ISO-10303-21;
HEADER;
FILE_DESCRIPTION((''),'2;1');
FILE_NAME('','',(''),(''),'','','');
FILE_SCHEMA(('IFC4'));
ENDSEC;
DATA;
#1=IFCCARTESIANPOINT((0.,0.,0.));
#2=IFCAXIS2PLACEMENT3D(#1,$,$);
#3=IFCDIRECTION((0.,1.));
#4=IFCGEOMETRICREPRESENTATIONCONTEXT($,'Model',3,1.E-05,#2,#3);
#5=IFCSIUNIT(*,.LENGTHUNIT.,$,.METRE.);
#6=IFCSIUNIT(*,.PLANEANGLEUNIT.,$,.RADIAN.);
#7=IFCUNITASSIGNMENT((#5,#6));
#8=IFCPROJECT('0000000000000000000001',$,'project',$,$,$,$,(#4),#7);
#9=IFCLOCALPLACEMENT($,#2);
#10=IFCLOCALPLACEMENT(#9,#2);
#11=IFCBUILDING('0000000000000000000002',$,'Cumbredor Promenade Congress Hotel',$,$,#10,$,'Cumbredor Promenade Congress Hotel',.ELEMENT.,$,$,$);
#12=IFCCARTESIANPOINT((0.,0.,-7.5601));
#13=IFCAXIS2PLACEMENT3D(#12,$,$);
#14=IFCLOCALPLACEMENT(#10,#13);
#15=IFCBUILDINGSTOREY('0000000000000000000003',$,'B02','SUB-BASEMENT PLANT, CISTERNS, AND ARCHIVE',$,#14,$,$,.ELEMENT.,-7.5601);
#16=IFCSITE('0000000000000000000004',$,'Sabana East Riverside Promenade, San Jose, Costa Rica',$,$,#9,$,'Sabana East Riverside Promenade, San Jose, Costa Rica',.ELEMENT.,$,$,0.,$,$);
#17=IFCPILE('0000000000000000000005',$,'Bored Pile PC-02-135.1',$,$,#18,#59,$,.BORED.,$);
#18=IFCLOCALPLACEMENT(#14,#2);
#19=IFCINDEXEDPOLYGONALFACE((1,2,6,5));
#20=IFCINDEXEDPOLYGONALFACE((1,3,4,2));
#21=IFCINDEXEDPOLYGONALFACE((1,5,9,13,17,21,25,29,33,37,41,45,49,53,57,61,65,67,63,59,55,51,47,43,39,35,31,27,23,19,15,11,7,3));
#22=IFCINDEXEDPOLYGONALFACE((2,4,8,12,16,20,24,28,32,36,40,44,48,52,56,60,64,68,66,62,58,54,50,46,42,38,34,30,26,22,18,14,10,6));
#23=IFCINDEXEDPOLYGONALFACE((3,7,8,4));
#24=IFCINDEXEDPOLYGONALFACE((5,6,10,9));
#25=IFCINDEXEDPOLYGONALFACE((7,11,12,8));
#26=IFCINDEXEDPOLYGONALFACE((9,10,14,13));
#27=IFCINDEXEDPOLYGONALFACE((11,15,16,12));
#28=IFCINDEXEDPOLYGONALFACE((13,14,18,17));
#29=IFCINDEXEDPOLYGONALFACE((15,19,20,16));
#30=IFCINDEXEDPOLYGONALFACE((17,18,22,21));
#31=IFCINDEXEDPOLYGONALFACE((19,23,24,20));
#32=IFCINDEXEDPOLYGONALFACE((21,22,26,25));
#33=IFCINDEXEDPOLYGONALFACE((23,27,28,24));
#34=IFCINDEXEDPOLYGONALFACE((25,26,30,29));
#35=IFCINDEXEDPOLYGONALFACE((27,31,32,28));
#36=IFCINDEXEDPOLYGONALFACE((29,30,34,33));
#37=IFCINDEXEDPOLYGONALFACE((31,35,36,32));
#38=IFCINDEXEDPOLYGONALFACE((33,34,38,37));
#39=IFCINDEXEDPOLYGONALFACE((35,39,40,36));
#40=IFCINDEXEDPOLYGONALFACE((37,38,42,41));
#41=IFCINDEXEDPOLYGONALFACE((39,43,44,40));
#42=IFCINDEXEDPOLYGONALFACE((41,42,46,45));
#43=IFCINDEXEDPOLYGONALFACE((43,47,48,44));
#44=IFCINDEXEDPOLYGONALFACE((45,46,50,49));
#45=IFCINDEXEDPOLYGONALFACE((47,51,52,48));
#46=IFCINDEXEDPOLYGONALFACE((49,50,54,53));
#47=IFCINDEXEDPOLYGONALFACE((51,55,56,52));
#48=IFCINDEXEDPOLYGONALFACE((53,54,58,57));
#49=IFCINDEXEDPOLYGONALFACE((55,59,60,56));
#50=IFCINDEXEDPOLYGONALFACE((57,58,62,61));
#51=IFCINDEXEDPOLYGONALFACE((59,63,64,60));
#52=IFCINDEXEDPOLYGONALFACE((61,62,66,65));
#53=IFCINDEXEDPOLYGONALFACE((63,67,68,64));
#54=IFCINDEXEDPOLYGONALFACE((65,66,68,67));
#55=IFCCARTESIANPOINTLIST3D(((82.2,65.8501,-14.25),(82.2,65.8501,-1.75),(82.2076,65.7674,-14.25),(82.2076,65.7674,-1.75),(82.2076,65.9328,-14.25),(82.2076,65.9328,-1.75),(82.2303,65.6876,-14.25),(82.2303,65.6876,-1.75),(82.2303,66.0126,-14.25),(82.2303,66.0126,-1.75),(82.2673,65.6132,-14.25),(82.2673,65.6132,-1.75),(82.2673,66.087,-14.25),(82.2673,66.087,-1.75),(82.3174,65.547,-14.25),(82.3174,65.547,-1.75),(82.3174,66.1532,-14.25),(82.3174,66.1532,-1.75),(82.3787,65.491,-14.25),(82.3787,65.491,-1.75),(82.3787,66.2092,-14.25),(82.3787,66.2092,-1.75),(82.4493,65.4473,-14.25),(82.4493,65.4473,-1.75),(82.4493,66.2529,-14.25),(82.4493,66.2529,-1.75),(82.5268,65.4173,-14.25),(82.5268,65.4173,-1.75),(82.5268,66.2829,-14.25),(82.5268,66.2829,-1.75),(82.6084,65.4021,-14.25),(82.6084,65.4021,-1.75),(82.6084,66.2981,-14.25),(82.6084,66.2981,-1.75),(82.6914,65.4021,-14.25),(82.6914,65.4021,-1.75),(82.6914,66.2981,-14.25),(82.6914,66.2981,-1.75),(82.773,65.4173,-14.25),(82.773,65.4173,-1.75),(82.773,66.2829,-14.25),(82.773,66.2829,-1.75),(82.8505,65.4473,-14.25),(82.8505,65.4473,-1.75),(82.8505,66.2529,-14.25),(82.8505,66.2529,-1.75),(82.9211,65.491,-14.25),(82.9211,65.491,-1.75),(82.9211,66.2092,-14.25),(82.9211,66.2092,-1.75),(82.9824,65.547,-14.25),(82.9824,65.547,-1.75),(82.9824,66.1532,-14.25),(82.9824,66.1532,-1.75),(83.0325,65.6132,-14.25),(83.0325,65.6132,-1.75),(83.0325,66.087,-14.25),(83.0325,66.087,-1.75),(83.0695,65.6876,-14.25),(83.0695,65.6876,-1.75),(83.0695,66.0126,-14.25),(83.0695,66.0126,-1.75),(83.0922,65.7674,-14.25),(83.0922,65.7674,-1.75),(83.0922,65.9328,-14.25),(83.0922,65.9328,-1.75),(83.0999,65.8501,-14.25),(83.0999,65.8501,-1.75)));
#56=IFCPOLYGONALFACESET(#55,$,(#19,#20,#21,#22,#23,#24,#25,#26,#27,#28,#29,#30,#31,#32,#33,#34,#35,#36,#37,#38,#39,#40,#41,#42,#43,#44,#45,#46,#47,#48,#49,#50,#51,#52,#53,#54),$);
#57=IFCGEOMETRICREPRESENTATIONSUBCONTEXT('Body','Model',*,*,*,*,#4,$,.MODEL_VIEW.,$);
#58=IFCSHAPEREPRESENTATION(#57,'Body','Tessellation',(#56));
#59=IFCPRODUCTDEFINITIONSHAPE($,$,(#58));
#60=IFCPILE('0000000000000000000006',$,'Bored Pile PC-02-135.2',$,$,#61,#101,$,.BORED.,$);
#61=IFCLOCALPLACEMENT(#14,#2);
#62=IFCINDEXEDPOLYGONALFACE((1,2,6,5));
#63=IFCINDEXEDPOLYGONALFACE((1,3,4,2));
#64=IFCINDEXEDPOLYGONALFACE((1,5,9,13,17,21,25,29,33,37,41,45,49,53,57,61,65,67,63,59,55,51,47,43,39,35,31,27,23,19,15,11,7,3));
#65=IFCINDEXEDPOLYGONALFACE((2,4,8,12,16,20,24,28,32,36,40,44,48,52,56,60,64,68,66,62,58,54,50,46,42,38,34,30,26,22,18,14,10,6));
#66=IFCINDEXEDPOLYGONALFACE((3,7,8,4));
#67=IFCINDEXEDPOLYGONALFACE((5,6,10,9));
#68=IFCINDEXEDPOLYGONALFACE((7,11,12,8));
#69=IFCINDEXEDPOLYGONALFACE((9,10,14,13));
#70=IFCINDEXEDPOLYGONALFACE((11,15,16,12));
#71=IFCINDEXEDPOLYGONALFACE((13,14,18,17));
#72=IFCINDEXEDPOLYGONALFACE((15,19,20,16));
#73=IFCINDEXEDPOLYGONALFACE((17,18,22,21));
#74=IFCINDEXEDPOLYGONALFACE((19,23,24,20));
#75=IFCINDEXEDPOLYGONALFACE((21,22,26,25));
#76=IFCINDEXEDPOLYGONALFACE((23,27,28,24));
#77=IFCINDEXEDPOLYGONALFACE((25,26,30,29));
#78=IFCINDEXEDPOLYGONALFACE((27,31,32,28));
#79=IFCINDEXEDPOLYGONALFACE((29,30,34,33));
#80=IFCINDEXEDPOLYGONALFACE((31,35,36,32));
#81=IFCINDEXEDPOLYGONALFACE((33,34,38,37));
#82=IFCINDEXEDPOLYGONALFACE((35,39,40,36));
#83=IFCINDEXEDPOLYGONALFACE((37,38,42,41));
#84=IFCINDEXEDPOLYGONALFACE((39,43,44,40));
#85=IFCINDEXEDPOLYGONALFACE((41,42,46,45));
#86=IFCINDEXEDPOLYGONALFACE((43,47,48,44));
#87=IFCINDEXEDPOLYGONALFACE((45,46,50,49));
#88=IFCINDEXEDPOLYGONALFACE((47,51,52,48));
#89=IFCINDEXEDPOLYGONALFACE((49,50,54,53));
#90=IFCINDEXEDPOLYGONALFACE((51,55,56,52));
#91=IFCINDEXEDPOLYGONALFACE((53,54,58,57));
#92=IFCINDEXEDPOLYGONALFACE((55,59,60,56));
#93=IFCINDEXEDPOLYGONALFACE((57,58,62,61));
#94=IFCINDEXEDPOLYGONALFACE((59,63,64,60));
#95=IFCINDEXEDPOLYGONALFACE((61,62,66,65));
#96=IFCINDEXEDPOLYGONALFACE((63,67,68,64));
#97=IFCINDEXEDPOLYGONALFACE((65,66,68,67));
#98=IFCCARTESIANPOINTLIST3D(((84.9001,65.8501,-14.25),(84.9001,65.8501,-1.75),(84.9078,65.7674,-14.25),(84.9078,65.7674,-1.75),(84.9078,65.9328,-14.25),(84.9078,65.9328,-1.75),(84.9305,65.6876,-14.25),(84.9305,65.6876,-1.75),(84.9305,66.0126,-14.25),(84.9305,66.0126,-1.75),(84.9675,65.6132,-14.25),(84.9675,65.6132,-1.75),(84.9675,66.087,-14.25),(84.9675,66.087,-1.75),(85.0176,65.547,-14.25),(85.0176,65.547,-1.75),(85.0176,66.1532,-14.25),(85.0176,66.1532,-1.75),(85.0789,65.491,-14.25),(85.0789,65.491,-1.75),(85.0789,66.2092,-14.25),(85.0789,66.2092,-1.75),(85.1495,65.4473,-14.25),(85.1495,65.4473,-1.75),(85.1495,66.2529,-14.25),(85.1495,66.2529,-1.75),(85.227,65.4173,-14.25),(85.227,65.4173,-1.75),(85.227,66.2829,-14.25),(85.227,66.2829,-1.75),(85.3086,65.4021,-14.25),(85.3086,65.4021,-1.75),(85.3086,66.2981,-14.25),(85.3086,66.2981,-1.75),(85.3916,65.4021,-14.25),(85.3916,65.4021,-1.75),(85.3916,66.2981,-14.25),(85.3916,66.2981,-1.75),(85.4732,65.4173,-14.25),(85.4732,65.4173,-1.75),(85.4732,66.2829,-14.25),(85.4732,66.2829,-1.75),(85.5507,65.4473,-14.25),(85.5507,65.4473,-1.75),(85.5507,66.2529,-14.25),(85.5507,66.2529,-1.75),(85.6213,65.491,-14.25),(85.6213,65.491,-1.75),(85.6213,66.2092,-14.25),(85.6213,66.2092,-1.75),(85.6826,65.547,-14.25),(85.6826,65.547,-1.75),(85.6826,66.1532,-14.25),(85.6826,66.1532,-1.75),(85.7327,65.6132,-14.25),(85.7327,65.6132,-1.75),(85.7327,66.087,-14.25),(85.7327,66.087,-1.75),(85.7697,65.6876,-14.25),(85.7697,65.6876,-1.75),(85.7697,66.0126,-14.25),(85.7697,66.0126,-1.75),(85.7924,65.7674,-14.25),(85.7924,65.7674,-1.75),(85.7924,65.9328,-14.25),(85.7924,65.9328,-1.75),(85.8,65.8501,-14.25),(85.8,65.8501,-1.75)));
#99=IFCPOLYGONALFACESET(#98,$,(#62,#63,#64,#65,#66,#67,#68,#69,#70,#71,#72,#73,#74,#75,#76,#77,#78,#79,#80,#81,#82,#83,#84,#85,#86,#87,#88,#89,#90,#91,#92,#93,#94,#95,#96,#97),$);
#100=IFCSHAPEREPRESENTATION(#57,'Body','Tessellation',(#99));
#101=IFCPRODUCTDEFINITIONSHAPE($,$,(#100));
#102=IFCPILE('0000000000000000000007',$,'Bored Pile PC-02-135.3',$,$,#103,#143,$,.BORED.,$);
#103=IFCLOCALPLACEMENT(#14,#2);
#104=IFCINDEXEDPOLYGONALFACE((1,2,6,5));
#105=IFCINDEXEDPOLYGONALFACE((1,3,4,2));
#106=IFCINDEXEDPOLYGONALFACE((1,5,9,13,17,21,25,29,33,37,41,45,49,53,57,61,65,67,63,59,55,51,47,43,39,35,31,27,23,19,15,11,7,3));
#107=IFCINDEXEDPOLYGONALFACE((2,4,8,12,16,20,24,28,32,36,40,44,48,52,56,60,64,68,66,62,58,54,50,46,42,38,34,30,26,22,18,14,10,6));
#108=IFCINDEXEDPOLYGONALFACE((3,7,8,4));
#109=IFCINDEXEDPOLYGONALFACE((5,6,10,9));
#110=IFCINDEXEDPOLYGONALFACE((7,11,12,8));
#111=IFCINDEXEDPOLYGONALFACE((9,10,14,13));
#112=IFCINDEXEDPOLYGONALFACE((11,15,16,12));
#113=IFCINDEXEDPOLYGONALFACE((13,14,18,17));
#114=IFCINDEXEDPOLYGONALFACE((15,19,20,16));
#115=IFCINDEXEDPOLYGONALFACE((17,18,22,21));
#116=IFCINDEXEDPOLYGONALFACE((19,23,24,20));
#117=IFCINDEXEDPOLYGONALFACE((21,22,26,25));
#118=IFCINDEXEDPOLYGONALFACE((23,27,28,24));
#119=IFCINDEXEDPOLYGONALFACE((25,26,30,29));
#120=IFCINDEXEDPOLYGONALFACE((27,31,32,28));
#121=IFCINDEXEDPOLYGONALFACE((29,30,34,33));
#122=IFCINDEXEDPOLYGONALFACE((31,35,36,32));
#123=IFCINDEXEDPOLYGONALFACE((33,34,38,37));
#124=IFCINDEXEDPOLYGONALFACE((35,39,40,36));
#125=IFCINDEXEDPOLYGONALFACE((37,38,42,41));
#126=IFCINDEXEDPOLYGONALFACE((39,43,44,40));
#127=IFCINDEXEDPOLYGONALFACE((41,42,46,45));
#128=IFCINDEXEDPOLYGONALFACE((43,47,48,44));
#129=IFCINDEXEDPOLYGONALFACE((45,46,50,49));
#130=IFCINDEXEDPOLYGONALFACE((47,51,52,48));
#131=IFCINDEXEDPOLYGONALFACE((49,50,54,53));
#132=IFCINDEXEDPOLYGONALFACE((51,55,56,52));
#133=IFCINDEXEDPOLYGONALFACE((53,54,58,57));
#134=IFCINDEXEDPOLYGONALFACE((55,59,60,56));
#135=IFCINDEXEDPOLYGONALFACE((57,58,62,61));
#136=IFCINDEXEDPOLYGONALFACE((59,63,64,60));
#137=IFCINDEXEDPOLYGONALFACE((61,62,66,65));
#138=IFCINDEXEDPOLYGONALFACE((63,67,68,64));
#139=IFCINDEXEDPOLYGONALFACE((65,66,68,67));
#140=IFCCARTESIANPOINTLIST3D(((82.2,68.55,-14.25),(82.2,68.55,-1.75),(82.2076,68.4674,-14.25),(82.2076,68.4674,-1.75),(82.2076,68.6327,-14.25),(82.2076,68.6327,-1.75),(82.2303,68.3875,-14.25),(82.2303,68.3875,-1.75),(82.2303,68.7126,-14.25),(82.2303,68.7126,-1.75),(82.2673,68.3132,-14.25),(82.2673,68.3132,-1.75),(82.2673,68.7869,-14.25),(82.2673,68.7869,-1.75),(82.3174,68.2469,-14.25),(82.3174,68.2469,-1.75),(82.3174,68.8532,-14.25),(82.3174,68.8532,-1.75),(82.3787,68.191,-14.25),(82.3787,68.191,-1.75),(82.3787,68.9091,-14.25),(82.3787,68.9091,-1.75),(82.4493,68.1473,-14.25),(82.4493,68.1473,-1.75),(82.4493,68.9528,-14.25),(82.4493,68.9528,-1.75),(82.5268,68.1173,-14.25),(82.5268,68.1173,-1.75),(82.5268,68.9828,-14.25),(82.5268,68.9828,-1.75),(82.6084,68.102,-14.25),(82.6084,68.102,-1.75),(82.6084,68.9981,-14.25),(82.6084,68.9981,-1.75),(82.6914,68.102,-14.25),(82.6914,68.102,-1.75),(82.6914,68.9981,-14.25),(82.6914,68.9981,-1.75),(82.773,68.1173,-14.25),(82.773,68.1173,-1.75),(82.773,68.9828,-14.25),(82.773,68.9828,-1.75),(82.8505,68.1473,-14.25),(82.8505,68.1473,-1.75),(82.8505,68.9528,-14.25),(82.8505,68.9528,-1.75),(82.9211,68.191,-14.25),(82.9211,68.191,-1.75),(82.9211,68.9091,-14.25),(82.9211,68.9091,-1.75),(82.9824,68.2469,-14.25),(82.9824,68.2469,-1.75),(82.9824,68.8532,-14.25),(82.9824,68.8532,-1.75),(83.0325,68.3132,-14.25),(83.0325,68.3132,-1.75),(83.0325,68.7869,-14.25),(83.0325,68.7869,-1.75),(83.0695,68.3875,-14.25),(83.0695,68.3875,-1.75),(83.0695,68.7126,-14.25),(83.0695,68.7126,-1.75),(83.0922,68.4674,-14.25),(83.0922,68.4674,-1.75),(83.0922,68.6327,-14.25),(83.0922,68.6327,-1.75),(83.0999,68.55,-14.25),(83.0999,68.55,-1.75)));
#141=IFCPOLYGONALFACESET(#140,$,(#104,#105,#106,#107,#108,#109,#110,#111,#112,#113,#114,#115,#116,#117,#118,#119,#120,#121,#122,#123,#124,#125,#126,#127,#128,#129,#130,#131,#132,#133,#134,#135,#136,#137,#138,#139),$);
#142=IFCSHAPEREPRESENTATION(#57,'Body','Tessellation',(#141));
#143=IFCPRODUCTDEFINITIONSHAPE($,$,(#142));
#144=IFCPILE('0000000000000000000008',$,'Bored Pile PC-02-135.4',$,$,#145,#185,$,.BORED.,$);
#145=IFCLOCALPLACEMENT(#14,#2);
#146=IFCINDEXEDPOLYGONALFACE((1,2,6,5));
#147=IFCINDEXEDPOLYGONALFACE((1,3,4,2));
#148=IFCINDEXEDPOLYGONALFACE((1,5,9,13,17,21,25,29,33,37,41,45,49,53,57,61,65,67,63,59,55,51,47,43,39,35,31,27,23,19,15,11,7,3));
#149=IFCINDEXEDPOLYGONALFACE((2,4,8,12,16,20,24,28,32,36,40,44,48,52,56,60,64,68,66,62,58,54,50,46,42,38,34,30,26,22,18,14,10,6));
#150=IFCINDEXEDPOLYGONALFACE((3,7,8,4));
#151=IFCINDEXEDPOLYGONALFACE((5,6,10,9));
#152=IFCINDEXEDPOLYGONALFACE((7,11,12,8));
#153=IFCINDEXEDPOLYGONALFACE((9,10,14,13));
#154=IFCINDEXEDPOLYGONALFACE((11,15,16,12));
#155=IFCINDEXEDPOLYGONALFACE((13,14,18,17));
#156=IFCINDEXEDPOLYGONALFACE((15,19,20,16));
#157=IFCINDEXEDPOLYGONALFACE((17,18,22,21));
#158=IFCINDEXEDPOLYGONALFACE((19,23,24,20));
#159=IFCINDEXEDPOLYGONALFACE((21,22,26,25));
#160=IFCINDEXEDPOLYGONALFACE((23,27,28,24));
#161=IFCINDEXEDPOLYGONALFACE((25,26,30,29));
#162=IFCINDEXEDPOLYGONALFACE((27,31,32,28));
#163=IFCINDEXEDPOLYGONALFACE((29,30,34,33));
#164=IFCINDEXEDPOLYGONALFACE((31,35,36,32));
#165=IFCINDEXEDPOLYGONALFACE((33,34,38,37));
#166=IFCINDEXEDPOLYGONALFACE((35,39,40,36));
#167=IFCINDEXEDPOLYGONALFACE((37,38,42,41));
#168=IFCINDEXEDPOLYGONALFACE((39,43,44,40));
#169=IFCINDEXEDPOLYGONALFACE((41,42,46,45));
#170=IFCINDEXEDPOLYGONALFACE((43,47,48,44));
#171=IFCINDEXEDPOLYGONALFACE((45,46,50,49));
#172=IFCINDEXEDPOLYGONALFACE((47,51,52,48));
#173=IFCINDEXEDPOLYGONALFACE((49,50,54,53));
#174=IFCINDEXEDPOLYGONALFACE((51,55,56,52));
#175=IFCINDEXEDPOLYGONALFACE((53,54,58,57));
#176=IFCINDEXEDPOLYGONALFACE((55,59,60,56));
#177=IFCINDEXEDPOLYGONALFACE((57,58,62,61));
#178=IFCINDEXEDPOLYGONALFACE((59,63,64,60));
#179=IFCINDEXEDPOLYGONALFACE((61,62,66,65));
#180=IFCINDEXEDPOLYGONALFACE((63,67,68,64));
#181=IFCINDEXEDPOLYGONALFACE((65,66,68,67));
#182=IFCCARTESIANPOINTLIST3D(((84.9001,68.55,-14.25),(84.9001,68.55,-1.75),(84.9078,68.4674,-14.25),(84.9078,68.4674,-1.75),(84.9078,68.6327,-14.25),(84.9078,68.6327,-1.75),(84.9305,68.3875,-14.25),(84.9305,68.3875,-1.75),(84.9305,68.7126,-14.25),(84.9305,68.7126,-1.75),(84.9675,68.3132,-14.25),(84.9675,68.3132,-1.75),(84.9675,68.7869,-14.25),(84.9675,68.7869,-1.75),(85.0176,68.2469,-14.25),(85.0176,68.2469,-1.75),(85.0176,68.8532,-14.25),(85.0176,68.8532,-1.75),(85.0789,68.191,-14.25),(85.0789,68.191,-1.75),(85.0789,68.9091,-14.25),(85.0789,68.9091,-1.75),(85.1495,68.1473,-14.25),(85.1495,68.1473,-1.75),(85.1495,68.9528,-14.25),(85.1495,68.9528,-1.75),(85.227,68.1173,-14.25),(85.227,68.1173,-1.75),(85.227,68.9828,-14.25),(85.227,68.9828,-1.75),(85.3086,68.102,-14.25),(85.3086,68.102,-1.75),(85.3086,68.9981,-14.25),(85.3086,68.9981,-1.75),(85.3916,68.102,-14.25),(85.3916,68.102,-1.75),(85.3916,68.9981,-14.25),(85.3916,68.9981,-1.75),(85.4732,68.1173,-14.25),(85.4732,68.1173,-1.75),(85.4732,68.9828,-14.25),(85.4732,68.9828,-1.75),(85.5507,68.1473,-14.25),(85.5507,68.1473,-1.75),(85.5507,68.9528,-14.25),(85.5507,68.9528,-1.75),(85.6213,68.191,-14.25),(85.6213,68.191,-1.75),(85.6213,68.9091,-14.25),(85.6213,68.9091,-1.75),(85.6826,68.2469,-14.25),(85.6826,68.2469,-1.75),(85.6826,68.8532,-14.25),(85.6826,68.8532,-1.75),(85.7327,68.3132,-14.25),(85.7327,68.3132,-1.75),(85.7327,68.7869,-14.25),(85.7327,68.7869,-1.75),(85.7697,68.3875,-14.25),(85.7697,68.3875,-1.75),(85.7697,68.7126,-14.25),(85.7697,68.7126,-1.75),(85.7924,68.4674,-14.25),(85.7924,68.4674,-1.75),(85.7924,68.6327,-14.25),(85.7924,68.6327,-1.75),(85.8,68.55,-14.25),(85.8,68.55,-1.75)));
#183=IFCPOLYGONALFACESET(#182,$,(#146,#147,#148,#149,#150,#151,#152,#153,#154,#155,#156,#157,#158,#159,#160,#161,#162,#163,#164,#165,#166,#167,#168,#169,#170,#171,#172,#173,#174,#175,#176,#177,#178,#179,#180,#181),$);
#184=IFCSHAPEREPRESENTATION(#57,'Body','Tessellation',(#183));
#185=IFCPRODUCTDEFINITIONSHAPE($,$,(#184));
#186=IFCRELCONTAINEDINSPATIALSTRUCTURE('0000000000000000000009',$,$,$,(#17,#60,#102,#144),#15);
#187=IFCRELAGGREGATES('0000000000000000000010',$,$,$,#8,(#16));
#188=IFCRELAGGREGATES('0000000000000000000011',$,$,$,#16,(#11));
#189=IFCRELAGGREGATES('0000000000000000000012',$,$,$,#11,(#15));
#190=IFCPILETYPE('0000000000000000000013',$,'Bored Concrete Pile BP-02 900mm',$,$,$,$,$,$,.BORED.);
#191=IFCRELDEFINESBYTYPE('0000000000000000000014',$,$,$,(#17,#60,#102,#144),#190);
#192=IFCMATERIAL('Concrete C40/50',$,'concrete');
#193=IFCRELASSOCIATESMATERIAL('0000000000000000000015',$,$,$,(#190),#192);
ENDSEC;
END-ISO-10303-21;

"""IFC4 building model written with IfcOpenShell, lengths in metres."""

from ifc_helpers import new_model, si_unit, direction, frame, origin, origin_2d, place, context, subcontext, project, spatial, circle, extrude, material, material_profile, profile_set, type_object, element, save


model = new_model("IFC4")

# Units and contexts
model_context = context("Model", 3, precision=1e-05, world=origin(), true_north=direction((0.0, 1.0)))
body_context = subcontext(model_context, "Body", "Model", "MODEL_VIEW")
ifc_project = project(units=[si_unit("LENGTHUNIT", "METRE"), si_unit("PLANEANGLEUNIT", "RADIAN")], contexts=[model_context])

# Site, building, storey
site_placement = place(None, origin())
site = spatial("IfcSite", under=ifc_project, at=site_placement, Name="Sabana East Riverside Promenade, San Jose, Costa Rica", LongName="Sabana East Riverside Promenade, San Jose, Costa Rica", CompositionType="ELEMENT", RefElevation=0.0)
building_placement = place(site_placement, origin())
building = spatial("IfcBuilding", under=site, at=building_placement, Name="Cumbredor Promenade Congress Hotel", LongName="Cumbredor Promenade Congress Hotel", CompositionType="ELEMENT")
storey_placement = place(building_placement, frame((0.0, 0.0, -7.5601)))
storey = spatial("IfcBuildingStorey", under=building, at=storey_placement, Name="B02", Description="SUB-BASEMENT PLANT, CISTERNS, AND ARCHIVE", CompositionType="ELEMENT", Elevation=-7.5601)

# Piles
ifc_material_1 = material(Name="Concrete C40/50", Category="concrete")
ifc_material_profile_1 = material_profile(ifc_material_1, circle(Radius=0.45, at=origin_2d()), Name="PILE D900")
ifc_profile_set_1 = profile_set([ifc_material_profile_1], Name="Concrete C40/50")
pile_type = type_object("IfcPileType", Name="Bored Concrete Pile BP-02 900mm", PredefinedType="BORED", material=ifc_profile_set_1)
for number, where, z_axis, x_axis, name in (
    (1, (82.6499, 65.8501, -1.75), (0.0, 0.0, -1.0), (1.0, 0.0, 0.0), "Bored Pile PC-02-135.1"),
    (2, (85.3501, 65.8501, -1.75), (0.0, 0.0, -1.0), (1.0, 0.0, 0.0), "Bored Pile PC-02-135.2"),
    (3, (82.6499, 68.55, -1.75), (0.0, 0.0, -1.0), (1.0, 0.0, 0.0), "Bored Pile PC-02-135.3"),
    (4, (85.3501, 68.55, -1.75), (0.0, 0.0, -1.0), (1.0, 0.0, 0.0), "Bored Pile PC-02-135.4"),
):
    element("IfcPile", number, at=place(storey_placement, frame(where, z_axis=z_axis, x_axis=x_axis)), inside=storey, type_object=pile_type, Name=name, PredefinedType="BORED", context=body_context, shape_type="SweptSolid", body=[
        extrude(circle(Radius=0.45, at=origin_2d()), origin(), (0.0, 0.0, 1.0), 12.5),
    ])

save(model, "model.ifc")
